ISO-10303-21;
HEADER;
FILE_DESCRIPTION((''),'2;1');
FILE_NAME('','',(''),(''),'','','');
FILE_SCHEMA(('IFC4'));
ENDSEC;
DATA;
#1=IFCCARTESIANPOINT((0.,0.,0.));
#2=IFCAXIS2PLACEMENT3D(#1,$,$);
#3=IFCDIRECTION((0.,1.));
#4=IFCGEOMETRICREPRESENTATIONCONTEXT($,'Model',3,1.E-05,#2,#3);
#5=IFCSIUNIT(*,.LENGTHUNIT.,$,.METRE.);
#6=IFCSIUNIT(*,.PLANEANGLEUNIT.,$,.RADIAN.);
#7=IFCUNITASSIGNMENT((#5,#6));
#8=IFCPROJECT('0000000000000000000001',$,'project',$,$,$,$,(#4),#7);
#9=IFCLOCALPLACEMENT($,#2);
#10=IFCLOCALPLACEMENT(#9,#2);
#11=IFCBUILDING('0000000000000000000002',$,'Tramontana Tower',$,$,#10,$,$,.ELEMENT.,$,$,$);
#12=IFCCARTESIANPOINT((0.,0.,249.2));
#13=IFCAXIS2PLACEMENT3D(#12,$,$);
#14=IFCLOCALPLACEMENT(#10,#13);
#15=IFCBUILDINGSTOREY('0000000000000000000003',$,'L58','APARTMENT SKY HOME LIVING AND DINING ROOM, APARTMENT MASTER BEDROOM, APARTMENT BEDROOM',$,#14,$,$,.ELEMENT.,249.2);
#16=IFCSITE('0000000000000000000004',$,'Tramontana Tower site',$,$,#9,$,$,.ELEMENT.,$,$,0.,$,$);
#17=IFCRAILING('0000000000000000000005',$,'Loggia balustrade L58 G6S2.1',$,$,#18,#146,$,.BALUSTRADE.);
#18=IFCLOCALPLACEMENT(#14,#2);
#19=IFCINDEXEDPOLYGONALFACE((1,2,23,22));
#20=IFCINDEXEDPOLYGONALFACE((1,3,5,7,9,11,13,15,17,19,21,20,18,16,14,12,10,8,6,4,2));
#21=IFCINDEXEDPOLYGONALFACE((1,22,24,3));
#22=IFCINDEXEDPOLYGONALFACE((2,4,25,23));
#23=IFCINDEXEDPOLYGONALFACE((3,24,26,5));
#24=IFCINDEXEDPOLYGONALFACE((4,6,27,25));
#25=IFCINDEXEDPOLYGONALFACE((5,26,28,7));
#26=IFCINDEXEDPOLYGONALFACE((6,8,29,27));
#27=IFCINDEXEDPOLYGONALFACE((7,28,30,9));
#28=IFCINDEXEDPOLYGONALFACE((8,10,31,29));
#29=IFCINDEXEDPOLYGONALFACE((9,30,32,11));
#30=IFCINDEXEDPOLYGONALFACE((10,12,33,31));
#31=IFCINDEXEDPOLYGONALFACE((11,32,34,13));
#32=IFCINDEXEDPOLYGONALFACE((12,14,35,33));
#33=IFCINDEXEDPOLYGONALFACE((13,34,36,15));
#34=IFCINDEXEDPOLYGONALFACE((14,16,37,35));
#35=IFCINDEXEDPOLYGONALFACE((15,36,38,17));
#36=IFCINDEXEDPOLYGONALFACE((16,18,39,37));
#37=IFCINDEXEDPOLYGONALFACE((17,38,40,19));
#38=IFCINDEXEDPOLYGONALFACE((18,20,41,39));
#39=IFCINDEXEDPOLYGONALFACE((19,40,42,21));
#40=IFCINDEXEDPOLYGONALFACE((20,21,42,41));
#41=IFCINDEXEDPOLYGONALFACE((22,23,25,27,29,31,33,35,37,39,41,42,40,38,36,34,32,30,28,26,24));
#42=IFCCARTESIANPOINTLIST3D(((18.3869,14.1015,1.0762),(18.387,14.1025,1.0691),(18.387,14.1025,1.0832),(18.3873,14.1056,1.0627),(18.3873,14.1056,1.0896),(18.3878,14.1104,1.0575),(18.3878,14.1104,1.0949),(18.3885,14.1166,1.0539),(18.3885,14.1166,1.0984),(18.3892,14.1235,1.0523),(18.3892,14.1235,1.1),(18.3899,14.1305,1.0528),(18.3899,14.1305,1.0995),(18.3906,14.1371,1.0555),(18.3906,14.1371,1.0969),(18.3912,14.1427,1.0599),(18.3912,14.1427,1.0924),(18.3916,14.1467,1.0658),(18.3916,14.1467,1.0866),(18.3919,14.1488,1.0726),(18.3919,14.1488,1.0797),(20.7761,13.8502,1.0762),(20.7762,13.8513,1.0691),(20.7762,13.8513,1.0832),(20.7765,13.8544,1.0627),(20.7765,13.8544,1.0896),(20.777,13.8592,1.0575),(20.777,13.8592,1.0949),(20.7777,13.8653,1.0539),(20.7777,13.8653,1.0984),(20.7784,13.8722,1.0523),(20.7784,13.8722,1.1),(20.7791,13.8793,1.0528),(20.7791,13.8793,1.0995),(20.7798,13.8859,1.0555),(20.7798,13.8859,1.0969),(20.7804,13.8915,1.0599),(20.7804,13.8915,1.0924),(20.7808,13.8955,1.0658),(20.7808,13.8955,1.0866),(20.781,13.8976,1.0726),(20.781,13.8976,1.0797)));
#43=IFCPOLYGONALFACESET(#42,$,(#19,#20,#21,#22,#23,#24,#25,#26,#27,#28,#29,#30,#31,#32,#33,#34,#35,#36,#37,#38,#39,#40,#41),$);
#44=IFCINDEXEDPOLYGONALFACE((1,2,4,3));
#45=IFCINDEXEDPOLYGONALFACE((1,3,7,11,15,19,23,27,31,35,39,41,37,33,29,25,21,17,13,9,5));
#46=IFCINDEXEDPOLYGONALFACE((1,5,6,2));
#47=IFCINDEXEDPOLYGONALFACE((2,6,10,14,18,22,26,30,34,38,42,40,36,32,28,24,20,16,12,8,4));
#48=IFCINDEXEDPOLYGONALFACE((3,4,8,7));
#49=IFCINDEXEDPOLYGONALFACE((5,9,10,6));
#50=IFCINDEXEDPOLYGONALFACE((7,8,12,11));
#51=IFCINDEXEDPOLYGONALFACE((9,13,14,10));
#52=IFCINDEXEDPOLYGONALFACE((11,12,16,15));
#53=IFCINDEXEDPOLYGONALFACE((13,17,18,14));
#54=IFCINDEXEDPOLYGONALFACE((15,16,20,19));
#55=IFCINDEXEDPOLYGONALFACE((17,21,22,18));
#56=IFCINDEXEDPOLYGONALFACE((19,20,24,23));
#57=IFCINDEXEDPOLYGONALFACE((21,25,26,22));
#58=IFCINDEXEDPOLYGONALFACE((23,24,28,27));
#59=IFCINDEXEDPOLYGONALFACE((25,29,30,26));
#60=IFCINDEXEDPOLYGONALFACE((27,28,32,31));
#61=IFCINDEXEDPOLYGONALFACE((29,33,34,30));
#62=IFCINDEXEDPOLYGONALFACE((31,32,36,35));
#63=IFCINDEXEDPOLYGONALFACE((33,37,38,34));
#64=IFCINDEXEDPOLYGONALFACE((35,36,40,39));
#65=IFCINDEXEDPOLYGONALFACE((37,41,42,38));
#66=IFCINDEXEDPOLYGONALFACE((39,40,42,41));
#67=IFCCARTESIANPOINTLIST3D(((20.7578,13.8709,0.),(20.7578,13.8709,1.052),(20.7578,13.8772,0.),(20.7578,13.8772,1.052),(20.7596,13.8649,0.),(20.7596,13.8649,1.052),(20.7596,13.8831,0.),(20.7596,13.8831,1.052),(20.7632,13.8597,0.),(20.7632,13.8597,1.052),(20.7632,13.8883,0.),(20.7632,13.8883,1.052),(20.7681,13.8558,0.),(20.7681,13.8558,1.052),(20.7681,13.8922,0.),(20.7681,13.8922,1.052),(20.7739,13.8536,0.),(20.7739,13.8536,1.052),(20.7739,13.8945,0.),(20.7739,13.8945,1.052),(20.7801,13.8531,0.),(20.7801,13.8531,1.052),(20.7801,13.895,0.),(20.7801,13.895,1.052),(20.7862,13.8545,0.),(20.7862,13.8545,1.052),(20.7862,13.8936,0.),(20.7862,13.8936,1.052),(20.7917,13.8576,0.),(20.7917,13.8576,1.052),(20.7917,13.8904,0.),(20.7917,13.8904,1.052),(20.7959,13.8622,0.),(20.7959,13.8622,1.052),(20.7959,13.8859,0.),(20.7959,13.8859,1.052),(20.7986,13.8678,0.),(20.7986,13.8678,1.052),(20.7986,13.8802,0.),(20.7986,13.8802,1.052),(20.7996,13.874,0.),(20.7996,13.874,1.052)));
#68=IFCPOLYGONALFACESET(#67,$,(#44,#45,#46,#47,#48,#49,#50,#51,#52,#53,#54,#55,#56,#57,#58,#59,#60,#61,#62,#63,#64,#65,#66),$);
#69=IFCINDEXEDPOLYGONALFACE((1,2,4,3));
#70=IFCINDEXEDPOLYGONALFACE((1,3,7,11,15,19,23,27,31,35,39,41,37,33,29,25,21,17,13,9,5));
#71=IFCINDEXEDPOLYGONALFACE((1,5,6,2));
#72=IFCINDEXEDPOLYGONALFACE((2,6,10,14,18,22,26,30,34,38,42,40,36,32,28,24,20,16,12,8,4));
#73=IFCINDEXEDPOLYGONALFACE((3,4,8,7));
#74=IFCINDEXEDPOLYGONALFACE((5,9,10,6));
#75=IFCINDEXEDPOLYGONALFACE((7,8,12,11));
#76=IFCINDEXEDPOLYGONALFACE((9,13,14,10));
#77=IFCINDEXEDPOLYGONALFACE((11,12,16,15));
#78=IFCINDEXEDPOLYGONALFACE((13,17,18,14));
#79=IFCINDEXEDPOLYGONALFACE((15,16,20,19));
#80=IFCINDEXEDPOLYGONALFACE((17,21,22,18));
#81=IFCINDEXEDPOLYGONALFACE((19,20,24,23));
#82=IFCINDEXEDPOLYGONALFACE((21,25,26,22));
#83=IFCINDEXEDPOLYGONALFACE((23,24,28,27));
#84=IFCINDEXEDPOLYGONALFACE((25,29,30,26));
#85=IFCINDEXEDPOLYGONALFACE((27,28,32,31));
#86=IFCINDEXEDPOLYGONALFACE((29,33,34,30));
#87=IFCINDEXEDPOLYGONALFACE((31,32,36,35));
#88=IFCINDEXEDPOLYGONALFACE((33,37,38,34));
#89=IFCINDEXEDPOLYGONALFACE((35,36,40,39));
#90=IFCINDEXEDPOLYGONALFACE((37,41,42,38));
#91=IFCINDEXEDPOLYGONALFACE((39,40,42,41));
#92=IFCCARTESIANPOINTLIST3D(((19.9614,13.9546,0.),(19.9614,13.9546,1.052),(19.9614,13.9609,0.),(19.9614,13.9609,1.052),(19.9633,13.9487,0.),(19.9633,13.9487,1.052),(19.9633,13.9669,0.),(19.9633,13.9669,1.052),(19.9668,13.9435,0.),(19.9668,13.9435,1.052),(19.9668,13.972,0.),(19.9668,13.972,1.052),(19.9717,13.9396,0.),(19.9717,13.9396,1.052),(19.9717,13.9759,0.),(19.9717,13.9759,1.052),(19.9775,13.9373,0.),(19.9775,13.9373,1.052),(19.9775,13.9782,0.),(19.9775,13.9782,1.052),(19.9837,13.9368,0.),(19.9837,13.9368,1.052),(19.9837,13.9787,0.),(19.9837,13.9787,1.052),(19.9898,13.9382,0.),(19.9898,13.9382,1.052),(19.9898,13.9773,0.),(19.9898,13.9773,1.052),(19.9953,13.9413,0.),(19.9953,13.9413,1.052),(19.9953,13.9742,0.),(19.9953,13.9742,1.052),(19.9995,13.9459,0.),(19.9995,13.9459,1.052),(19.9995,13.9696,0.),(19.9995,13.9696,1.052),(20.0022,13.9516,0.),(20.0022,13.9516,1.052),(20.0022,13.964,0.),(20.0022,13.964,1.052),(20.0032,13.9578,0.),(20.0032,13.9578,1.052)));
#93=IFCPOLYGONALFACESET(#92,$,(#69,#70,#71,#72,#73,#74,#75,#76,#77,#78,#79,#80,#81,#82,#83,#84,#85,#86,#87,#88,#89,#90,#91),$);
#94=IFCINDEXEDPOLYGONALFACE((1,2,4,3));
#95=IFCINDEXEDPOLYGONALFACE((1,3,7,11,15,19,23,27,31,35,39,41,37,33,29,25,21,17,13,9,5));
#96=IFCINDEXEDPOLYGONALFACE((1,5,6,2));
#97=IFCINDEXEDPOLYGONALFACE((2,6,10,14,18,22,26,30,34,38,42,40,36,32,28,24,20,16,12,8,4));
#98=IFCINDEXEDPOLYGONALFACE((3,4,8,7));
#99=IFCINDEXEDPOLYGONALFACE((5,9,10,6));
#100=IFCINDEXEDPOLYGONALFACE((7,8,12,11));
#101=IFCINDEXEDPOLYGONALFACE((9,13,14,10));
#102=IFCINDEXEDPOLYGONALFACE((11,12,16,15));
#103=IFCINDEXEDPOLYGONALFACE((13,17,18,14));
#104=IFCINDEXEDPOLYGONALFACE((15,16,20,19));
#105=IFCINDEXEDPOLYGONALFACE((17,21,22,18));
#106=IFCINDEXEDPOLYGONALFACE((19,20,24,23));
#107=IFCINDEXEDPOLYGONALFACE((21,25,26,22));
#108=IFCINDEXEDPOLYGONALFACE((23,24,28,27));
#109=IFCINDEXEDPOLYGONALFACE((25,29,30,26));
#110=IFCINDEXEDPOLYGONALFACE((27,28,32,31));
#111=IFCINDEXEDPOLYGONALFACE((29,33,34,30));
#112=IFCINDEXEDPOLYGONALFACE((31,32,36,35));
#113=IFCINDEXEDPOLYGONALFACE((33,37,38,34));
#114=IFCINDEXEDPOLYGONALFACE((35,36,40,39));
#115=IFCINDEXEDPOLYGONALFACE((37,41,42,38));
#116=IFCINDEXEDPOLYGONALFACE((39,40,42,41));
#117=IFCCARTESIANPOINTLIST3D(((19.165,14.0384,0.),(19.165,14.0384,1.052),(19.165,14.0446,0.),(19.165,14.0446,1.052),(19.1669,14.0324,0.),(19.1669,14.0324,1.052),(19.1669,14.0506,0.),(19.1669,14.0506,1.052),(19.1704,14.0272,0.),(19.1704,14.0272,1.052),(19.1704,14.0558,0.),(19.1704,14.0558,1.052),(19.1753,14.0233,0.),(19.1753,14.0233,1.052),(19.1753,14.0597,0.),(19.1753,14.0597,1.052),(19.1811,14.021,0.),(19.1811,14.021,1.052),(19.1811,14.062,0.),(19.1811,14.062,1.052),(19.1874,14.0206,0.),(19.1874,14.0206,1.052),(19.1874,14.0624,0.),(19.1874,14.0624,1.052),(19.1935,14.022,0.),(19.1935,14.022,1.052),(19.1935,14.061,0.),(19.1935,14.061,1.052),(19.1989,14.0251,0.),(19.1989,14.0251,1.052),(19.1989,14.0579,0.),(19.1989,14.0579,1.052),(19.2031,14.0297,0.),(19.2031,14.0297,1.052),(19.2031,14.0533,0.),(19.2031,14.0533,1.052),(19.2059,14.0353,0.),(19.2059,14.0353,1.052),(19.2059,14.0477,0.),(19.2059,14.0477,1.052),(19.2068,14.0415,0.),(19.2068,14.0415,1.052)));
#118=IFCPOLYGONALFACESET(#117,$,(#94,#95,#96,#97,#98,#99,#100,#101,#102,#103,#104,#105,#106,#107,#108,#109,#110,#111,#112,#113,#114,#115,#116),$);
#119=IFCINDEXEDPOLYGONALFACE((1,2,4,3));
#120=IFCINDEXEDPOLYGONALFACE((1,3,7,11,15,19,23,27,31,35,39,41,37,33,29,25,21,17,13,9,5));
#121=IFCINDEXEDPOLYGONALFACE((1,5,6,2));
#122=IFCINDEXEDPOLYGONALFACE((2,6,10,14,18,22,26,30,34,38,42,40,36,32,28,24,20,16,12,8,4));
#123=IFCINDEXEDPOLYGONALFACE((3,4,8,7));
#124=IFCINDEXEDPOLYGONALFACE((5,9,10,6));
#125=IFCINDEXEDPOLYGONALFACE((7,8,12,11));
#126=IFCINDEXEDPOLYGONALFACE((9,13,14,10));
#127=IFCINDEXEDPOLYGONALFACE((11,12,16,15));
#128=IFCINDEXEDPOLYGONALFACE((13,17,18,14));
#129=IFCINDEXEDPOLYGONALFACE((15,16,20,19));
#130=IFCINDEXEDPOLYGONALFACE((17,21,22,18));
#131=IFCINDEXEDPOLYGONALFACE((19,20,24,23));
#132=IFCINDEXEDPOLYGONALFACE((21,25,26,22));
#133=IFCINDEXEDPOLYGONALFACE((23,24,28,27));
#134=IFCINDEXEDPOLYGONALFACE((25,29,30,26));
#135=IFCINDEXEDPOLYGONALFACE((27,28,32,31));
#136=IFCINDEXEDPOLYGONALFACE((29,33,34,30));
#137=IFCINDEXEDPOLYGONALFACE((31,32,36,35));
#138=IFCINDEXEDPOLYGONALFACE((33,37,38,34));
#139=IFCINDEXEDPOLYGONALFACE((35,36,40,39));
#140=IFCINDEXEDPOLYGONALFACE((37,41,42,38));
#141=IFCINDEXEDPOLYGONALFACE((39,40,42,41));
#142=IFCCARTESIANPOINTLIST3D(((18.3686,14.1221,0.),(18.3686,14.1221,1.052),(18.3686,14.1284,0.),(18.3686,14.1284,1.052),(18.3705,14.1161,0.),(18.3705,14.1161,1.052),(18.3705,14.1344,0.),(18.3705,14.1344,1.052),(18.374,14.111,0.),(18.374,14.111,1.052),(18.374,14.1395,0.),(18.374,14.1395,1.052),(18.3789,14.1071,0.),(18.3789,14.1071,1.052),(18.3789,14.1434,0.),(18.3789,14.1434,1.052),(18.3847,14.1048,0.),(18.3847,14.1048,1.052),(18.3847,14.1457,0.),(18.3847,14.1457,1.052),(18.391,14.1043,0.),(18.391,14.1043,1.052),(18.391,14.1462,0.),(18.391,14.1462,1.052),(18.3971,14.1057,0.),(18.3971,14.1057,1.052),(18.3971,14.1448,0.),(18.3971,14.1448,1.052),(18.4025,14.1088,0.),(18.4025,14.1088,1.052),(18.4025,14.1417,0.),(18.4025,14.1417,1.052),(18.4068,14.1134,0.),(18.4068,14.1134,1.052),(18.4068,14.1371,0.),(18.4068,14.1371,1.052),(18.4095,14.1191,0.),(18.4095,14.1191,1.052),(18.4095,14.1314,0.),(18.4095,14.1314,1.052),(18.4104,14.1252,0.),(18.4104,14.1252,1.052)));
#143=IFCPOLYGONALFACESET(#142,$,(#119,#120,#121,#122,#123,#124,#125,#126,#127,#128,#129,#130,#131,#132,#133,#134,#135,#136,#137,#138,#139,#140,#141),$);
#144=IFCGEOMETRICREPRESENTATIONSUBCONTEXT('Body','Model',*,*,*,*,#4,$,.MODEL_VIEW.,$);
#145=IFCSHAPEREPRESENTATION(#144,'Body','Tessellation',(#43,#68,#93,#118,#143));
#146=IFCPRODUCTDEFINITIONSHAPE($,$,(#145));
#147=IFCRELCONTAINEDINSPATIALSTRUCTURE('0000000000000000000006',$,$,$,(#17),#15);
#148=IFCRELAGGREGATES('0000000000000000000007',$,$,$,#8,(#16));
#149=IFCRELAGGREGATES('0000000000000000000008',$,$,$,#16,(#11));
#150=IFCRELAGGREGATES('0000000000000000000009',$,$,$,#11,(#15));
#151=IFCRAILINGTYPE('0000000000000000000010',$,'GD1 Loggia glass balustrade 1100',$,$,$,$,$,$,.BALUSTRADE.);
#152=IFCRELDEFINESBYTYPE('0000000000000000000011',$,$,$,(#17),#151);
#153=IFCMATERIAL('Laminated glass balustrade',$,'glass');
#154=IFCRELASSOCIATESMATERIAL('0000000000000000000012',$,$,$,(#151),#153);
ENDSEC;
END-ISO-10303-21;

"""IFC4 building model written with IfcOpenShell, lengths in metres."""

from ifc_helpers import new_model, si_unit, direction, frame, origin, origin_2d, place, context, subcontext, project, spatial, circle, extrude, material, type_object, element, save


model = new_model("IFC4")

# Units and contexts
model_context = context("Model", 3, precision=1e-05, world=origin(), true_north=direction((0.0, 1.0)))
body_context = subcontext(model_context, "Body", "Model", "MODEL_VIEW")
ifc_project = project(units=[si_unit("LENGTHUNIT", "METRE"), si_unit("PLANEANGLEUNIT", "RADIAN")], contexts=[model_context])

# Site, building, storey
site_placement = place(None, origin())
site = spatial("IfcSite", under=ifc_project, at=site_placement, Name="Tramontana Tower site", CompositionType="ELEMENT", RefElevation=0.0)
building_placement = place(site_placement, origin())
building = spatial("IfcBuilding", under=site, at=building_placement, Name="Tramontana Tower", CompositionType="ELEMENT")
storey_placement = place(building_placement, frame((0.0, 0.0, 249.2)))
storey = spatial("IfcBuildingStorey", under=building, at=storey_placement, Name="L58", Description="APARTMENT SKY HOME LIVING AND DINING ROOM, APARTMENT MASTER BEDROOM, APARTMENT BEDROOM", CompositionType="ELEMENT", Elevation=249.2)

# Railing
ifc_material_1 = material(Name="Laminated glass balustrade", Category="glass")
railing_type = type_object("IfcRailingType", Name="GD1 Loggia glass balustrade 1100", PredefinedType="BALUSTRADE", material=ifc_material_1)
railing_1_placement = place(storey_placement, frame((20.7786, 13.874, 0.0)))
element("IfcRailing", 1, at=railing_1_placement, inside=storey, type_object=railing_type, Name="Loggia balustrade L58 G6S2.1", PredefinedType="BALUSTRADE", context=body_context, shape_type="SweptSolid", body=[
    extrude(circle(Radius=0.0239, at=origin_2d()), frame((0.0, 0.0, 1.0762), z_axis=(-0.994517, 0.104574, 0.0), x_axis=(-0.104574, -0.994517, 0.0)), (0.0, 0.0, 1.0), 2.4023),
    extrude(circle(Radius=0.021, at=origin_2d()), origin(), (0.0, 0.0, 1.0), 1.052),
    extrude(circle(Radius=0.021, at=origin_2d()), frame((-0.7964, 0.0837, 0.0)), (0.0, 0.0, 1.0), 1.052),
    extrude(circle(Radius=0.021, at=origin_2d()), frame((-1.5928, 0.1675, 0.0)), (0.0, 0.0, 1.0), 1.052),
    extrude(circle(Radius=0.021, at=origin_2d()), frame((-2.3892, 0.2512, 0.0)), (0.0, 0.0, 1.0), 1.052),
])

save(model, "model.ifc")
